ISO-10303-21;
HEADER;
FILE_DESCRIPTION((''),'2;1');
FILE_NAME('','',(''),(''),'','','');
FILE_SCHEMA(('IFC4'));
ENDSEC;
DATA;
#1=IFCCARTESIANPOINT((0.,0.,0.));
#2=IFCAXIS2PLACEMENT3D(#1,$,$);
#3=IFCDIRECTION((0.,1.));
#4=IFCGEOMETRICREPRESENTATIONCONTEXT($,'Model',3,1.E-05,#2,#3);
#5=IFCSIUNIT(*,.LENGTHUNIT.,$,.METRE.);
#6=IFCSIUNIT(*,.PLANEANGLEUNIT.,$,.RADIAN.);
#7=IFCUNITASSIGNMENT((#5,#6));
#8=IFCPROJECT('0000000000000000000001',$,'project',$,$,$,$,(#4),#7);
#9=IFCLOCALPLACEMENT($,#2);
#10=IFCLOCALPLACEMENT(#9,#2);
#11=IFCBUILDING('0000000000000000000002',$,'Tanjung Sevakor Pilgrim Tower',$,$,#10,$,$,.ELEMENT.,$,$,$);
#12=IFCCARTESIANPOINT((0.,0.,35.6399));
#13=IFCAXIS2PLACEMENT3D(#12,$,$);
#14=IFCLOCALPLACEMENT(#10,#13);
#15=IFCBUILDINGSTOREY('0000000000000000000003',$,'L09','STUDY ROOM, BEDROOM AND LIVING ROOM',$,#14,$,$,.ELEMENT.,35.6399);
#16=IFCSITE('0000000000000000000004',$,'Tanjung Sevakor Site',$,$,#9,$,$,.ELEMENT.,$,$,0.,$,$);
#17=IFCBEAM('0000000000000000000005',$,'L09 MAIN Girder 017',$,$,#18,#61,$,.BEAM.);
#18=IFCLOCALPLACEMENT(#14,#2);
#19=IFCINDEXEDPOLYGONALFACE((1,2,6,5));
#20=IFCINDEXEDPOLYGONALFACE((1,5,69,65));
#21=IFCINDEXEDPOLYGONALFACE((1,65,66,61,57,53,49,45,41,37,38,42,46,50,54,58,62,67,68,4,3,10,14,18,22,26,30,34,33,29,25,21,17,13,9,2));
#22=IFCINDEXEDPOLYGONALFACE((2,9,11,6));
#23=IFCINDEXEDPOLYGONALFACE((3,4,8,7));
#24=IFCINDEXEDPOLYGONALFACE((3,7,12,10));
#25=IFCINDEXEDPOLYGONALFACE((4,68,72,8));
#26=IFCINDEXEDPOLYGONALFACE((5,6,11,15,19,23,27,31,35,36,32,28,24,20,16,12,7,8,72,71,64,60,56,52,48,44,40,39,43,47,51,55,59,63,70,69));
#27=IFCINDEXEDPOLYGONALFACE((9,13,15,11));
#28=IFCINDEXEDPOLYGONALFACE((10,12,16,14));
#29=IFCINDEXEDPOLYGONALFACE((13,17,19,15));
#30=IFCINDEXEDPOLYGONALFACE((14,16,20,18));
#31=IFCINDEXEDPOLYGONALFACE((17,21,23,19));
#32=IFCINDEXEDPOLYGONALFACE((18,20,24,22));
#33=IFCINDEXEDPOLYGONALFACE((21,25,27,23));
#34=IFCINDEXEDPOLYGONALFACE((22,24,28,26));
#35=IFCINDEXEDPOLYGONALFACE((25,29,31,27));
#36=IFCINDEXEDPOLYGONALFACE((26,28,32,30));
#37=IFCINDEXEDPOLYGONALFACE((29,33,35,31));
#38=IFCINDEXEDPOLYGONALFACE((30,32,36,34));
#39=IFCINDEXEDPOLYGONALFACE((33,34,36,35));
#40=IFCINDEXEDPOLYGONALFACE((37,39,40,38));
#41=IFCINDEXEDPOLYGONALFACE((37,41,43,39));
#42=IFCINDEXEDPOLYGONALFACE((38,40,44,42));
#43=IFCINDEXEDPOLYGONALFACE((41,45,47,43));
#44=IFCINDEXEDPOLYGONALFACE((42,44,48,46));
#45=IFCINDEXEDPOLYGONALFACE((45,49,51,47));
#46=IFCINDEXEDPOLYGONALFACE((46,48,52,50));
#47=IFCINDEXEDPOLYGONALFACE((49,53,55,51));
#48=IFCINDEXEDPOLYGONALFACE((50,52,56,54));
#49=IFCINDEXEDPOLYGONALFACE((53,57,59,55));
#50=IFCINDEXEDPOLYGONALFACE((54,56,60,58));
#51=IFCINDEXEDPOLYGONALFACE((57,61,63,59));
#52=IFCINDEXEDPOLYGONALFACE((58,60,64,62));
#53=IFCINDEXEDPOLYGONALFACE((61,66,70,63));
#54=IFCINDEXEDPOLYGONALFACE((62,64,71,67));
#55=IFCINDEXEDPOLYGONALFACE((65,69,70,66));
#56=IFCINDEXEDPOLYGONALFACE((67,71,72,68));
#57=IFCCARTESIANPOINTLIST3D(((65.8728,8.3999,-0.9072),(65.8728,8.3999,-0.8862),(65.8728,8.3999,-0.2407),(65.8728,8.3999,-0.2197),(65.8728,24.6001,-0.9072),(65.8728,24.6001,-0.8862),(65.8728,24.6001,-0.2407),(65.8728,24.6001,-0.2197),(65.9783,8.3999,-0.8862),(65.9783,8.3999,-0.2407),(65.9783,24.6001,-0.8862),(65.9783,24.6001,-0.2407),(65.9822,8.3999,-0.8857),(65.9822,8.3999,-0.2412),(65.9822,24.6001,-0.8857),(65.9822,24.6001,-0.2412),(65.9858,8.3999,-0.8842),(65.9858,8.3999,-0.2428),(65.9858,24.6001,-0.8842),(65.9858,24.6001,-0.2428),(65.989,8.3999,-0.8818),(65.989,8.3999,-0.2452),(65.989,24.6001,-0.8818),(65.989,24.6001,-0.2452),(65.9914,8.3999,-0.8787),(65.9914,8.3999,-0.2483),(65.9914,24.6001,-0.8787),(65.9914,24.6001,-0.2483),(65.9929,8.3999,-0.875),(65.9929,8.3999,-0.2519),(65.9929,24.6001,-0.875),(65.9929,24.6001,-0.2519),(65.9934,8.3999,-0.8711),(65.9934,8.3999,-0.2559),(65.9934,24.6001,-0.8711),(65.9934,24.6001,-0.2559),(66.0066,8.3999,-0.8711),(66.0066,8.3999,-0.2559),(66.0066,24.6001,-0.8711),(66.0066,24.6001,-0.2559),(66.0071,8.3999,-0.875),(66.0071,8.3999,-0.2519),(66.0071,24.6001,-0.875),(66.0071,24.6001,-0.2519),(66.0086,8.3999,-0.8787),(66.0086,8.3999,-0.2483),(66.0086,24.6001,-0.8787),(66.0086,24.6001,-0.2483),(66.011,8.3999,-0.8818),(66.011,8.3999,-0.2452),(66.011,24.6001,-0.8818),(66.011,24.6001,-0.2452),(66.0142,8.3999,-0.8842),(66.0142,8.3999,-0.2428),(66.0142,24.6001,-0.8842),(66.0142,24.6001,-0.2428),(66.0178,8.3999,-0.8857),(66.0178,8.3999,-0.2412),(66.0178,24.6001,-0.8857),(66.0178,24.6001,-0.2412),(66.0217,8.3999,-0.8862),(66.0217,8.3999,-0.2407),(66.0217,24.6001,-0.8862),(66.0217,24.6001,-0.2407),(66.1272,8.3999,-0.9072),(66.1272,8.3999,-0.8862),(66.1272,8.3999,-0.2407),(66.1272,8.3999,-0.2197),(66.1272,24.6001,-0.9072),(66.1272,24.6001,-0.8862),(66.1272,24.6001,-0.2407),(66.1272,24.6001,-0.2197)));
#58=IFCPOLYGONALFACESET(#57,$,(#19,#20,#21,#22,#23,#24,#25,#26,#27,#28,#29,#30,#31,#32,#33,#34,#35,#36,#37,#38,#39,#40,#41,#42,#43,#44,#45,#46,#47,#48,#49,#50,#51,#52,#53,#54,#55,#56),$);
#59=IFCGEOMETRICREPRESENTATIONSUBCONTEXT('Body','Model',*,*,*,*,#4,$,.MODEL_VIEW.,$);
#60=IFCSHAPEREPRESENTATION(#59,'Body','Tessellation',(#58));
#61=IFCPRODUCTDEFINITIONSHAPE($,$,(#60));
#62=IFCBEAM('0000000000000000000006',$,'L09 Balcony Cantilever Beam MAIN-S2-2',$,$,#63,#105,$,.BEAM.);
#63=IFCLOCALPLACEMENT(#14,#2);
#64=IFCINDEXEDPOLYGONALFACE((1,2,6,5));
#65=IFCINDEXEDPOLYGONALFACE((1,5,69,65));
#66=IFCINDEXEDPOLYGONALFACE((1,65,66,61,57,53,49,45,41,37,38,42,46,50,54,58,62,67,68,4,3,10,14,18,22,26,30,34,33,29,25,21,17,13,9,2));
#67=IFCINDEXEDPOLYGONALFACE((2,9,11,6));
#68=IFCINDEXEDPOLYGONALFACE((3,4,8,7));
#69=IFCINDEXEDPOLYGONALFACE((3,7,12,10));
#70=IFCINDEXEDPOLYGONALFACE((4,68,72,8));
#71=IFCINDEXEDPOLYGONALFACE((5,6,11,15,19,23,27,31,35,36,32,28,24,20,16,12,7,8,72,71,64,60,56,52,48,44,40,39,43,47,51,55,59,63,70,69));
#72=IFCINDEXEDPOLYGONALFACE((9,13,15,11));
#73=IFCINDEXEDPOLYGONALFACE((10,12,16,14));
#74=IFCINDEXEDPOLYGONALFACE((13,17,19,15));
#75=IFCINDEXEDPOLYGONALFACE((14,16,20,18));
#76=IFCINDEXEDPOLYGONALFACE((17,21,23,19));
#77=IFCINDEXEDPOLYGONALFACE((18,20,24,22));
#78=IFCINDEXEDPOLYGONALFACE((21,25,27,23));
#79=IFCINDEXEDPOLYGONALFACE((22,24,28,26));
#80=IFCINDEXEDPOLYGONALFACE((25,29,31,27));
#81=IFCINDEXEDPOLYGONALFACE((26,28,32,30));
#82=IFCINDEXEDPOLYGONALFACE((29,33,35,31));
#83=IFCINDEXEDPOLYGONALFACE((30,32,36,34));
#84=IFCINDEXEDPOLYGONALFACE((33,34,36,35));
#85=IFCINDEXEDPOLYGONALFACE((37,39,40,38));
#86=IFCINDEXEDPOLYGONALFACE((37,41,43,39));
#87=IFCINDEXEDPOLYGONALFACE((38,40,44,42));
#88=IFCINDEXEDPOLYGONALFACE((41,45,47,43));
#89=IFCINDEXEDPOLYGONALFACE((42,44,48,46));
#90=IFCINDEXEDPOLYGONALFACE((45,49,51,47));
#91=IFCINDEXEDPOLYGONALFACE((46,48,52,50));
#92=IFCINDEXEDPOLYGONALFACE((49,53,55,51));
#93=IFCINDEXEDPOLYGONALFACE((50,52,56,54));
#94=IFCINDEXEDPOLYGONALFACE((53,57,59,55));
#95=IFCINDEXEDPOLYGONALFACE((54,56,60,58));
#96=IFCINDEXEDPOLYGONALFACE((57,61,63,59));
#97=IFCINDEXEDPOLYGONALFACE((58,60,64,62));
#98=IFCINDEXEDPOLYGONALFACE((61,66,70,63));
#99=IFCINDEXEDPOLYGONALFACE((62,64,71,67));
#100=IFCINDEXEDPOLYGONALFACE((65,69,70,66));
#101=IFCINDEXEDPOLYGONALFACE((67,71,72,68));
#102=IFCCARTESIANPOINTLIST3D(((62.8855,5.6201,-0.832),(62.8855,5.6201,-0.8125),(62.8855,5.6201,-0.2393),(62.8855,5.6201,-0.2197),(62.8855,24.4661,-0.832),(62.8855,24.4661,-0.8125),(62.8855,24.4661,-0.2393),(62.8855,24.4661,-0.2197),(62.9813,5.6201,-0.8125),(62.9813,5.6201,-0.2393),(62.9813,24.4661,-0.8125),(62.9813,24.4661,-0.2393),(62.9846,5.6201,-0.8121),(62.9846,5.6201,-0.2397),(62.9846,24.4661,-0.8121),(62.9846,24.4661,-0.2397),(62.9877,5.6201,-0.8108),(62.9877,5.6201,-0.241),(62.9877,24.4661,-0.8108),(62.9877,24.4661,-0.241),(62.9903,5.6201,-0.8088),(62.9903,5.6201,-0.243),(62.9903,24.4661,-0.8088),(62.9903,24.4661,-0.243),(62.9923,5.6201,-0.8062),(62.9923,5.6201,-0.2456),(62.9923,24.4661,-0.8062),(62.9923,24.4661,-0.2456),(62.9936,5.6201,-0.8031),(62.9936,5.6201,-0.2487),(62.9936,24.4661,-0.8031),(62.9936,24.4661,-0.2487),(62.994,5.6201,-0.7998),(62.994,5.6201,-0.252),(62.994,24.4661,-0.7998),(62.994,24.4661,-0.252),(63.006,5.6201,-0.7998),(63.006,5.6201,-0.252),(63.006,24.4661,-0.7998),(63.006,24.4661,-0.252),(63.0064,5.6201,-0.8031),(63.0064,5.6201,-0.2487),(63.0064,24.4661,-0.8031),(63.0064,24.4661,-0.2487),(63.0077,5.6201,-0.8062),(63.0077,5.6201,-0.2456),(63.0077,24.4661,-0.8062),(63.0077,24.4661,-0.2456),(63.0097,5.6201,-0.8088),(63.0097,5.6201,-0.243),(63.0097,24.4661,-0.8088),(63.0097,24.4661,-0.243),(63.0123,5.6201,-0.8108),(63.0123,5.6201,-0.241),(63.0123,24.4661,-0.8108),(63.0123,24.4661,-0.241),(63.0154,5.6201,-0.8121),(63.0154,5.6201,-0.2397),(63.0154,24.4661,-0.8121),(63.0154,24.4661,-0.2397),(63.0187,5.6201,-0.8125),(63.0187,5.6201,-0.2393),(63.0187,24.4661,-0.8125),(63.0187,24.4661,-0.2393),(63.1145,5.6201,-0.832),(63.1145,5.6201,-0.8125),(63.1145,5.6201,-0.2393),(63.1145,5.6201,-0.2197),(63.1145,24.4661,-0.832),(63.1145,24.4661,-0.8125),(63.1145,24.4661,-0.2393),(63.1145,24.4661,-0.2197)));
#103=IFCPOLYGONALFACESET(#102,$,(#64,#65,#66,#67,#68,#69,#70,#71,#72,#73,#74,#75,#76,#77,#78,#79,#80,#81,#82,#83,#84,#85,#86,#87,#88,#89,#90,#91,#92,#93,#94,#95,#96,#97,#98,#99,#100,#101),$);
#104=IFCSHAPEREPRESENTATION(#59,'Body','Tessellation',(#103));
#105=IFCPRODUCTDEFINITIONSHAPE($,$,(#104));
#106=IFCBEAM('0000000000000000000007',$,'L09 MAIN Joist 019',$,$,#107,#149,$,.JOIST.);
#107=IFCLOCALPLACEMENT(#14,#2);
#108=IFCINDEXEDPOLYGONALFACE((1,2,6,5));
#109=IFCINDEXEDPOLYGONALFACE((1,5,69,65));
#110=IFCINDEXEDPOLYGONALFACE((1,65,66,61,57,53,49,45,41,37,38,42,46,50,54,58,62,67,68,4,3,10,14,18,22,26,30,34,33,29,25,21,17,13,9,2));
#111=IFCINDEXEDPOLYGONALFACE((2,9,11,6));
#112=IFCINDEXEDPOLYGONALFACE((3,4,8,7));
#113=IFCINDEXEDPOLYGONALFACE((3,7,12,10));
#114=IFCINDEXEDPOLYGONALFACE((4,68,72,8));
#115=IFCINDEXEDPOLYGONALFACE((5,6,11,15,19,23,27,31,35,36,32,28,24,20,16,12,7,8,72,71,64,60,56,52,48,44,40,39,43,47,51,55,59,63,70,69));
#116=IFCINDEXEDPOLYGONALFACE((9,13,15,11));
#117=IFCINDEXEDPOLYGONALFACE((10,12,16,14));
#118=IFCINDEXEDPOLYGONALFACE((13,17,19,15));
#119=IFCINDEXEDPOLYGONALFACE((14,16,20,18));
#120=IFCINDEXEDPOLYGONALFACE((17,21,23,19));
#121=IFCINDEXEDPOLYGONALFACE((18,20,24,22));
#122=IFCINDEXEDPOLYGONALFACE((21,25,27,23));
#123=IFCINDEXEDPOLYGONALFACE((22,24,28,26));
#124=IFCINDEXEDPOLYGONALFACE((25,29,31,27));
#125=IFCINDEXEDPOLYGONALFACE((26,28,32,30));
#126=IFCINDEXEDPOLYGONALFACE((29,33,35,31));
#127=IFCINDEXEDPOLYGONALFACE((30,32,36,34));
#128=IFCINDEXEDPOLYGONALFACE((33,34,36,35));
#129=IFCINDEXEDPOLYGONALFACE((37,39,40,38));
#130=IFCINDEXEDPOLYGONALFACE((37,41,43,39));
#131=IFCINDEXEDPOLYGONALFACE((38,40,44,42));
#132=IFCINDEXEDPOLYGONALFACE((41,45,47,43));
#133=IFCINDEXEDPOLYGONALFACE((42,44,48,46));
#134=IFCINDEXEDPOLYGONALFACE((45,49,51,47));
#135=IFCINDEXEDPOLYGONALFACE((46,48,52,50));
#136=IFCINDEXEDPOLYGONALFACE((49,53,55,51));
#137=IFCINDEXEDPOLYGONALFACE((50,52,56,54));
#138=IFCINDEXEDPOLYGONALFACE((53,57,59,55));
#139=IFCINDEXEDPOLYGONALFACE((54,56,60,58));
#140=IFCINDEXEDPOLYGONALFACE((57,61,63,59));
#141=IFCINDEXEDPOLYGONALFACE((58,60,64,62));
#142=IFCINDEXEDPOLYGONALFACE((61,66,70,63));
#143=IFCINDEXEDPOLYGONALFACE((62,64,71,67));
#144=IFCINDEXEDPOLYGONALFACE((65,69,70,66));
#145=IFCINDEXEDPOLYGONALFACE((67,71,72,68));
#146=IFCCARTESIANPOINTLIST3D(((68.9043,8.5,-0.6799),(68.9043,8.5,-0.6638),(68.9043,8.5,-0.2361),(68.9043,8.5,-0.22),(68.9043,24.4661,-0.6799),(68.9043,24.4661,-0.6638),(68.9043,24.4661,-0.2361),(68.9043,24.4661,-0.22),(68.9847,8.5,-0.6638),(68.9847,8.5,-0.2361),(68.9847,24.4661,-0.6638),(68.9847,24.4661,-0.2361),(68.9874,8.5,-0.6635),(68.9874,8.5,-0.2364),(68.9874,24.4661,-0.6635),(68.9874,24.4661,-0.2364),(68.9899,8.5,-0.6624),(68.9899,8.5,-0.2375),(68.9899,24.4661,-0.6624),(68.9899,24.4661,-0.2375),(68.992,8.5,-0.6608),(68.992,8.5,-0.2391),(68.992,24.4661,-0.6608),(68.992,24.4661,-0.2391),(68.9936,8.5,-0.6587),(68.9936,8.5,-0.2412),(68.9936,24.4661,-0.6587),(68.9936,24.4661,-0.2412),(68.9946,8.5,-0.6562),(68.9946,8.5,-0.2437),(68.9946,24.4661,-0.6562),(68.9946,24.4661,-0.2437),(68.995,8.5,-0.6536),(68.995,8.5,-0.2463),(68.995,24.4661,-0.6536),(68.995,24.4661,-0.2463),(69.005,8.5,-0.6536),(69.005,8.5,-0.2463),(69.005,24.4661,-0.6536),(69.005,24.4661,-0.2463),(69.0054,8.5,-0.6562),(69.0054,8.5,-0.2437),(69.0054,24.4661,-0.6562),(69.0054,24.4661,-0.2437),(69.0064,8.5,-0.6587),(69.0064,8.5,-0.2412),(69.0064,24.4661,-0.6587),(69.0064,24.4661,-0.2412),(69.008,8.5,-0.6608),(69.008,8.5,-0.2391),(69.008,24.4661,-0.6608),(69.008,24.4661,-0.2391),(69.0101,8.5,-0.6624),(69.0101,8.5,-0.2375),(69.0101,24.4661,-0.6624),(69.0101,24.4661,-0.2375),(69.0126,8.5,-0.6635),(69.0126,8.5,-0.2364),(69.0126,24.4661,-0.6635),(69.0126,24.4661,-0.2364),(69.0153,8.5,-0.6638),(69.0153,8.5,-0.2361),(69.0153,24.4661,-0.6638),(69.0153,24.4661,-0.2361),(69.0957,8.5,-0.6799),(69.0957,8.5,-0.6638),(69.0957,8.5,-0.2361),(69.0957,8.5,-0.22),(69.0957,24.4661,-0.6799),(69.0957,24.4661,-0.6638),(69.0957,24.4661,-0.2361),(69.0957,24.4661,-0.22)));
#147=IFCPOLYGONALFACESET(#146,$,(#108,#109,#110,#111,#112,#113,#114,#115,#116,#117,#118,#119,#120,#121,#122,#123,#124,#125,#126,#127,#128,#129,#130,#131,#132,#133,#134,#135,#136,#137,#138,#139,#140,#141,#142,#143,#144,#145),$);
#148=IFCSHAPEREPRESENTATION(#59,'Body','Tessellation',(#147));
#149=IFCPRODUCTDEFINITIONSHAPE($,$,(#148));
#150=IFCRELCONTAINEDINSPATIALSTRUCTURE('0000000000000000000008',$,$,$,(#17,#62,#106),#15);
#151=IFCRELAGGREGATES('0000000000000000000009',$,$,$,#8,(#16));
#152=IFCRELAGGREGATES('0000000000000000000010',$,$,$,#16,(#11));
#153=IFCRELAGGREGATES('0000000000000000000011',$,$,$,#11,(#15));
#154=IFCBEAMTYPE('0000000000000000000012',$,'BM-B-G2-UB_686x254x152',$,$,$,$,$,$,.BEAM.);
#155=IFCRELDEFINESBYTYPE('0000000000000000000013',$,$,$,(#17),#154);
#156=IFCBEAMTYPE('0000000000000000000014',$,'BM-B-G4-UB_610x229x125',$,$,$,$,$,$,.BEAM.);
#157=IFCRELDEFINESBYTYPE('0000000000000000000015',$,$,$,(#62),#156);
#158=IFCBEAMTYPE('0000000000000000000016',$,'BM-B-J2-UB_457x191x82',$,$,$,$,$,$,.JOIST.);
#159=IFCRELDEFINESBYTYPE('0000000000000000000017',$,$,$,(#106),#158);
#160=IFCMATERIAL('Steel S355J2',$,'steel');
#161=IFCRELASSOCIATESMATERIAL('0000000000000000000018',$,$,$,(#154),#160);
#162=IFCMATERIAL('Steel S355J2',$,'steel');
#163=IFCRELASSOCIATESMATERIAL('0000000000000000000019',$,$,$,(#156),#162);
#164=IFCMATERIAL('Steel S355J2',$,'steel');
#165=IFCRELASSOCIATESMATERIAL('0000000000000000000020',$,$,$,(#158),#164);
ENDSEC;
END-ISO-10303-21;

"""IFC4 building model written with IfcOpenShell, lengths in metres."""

from ifc_helpers import new_model, si_unit, direction, frame, origin, origin_2d, place, context, subcontext, project, spatial, i_section, extrude, material, material_profile, profile_set, type_object, element, save


model = new_model("IFC4")

# Units and contexts
model_context = context("Model", 3, precision=1e-05, world=origin(), true_north=direction((0.0, 1.0)))
body_context = subcontext(model_context, "Body", "Model", "MODEL_VIEW")
ifc_project = project(units=[si_unit("LENGTHUNIT", "METRE"), si_unit("PLANEANGLEUNIT", "RADIAN")], contexts=[model_context])

# Site, building, storey
site_placement = place(None, origin())
site = spatial("IfcSite", under=ifc_project, at=site_placement, Name="Tanjung Sevakor Site", CompositionType="ELEMENT", RefElevation=0.0)
building_placement = place(site_placement, origin())
building = spatial("IfcBuilding", under=site, at=building_placement, Name="Tanjung Sevakor Pilgrim Tower", CompositionType="ELEMENT")
storey_placement = place(building_placement, frame((0.0, 0.0, 35.6399)))
storey = spatial("IfcBuildingStorey", under=building, at=storey_placement, Name="L09", Description="STUDY ROOM, BEDROOM AND LIVING ROOM", CompositionType="ELEMENT", Elevation=35.6399)

# Beams
ifc_material_1 = material(Name="Steel S355J2", Category="steel")
ifc_material_profile_1 = material_profile(ifc_material_1, i_section(OverallWidth=0.2544, OverallDepth=0.6875, WebThickness=0.0132, FlangeThickness=0.021, FilletRadius=0.0151, at=origin_2d()))
ifc_profile_set_1 = profile_set([ifc_material_profile_1], Name="Steel S355J2")
beam_type_1 = type_object("IfcBeamType", Name="BM-B-G2-UB_686x254x152", PredefinedType="BEAM", material=ifc_profile_set_1)
beam_1_placement = place(storey_placement, frame((66.0, 8.3999, -0.5635), z_axis=(0.0, 1.0, 0.0), x_axis=(-1.0, 0.0, 0.0)))
element("IfcBeam", 1, at=beam_1_placement, inside=storey, type_object=beam_type_1, Name="L09 MAIN Girder 017", PredefinedType="BEAM", context=body_context, shape_type="SweptSolid", body=[
    extrude(i_section(OverallWidth=0.2544, OverallDepth=0.6875, WebThickness=0.0132, FlangeThickness=0.021, FilletRadius=0.0151, at=origin_2d()), origin(), (0.0, 0.0, 1.0), 16.2002),
])
ifc_material_2 = material(Name="Steel S355J2", Category="steel")
ifc_material_profile_2 = material_profile(ifc_material_2, i_section(OverallWidth=0.229, OverallDepth=0.6123, WebThickness=0.012, FlangeThickness=0.0195, FilletRadius=0.0127, at=origin_2d()))
ifc_profile_set_2 = profile_set([ifc_material_profile_2], Name="Steel S355J2")
beam_type_2 = type_object("IfcBeamType", Name="BM-B-G4-UB_610x229x125", PredefinedType="BEAM", material=ifc_profile_set_2)
beam_2_placement = place(storey_placement, frame((63.0, 24.4661, -0.5259), z_axis=(0.0, -1.0, 0.0), x_axis=(1.0, 0.0, 0.0)))
element("IfcBeam", 2, at=beam_2_placement, inside=storey, type_object=beam_type_2, Name="L09 Balcony Cantilever Beam MAIN-S2-2", PredefinedType="BEAM", context=body_context, shape_type="SweptSolid", body=[
    extrude(i_section(OverallWidth=0.229, OverallDepth=0.6123, WebThickness=0.012, FlangeThickness=0.0195, FilletRadius=0.0127, at=origin_2d()), origin(), (0.0, 0.0, 1.0), 18.8459),
])
ifc_material_3 = material(Name="Steel S355J2", Category="steel")
ifc_material_profile_3 = material_profile(ifc_material_3, i_section(OverallWidth=0.1914, OverallDepth=0.46, WebThickness=0.01, FlangeThickness=0.0161, FilletRadius=0.0103, at=origin_2d()))
ifc_profile_set_3 = profile_set([ifc_material_profile_3], Name="Steel S355J2")
beam_type_3 = type_object("IfcBeamType", Name="BM-B-J2-UB_457x191x82", PredefinedType="JOIST", material=ifc_profile_set_3)
beam_3_placement = place(storey_placement, frame((69.0, 8.5, -0.45), z_axis=(0.0, 1.0, 0.0), x_axis=(-1.0, 0.0, 0.0)))
element("IfcBeam", 3, at=beam_3_placement, inside=storey, type_object=beam_type_3, Name="L09 MAIN Joist 019", PredefinedType="JOIST", context=body_context, shape_type="SweptSolid", body=[
    extrude(i_section(OverallWidth=0.1914, OverallDepth=0.46, WebThickness=0.01, FlangeThickness=0.0161, FilletRadius=0.0103, at=origin_2d()), origin(), (0.0, 0.0, 1.0), 15.9661),
])

save(model, "model.ifc")
